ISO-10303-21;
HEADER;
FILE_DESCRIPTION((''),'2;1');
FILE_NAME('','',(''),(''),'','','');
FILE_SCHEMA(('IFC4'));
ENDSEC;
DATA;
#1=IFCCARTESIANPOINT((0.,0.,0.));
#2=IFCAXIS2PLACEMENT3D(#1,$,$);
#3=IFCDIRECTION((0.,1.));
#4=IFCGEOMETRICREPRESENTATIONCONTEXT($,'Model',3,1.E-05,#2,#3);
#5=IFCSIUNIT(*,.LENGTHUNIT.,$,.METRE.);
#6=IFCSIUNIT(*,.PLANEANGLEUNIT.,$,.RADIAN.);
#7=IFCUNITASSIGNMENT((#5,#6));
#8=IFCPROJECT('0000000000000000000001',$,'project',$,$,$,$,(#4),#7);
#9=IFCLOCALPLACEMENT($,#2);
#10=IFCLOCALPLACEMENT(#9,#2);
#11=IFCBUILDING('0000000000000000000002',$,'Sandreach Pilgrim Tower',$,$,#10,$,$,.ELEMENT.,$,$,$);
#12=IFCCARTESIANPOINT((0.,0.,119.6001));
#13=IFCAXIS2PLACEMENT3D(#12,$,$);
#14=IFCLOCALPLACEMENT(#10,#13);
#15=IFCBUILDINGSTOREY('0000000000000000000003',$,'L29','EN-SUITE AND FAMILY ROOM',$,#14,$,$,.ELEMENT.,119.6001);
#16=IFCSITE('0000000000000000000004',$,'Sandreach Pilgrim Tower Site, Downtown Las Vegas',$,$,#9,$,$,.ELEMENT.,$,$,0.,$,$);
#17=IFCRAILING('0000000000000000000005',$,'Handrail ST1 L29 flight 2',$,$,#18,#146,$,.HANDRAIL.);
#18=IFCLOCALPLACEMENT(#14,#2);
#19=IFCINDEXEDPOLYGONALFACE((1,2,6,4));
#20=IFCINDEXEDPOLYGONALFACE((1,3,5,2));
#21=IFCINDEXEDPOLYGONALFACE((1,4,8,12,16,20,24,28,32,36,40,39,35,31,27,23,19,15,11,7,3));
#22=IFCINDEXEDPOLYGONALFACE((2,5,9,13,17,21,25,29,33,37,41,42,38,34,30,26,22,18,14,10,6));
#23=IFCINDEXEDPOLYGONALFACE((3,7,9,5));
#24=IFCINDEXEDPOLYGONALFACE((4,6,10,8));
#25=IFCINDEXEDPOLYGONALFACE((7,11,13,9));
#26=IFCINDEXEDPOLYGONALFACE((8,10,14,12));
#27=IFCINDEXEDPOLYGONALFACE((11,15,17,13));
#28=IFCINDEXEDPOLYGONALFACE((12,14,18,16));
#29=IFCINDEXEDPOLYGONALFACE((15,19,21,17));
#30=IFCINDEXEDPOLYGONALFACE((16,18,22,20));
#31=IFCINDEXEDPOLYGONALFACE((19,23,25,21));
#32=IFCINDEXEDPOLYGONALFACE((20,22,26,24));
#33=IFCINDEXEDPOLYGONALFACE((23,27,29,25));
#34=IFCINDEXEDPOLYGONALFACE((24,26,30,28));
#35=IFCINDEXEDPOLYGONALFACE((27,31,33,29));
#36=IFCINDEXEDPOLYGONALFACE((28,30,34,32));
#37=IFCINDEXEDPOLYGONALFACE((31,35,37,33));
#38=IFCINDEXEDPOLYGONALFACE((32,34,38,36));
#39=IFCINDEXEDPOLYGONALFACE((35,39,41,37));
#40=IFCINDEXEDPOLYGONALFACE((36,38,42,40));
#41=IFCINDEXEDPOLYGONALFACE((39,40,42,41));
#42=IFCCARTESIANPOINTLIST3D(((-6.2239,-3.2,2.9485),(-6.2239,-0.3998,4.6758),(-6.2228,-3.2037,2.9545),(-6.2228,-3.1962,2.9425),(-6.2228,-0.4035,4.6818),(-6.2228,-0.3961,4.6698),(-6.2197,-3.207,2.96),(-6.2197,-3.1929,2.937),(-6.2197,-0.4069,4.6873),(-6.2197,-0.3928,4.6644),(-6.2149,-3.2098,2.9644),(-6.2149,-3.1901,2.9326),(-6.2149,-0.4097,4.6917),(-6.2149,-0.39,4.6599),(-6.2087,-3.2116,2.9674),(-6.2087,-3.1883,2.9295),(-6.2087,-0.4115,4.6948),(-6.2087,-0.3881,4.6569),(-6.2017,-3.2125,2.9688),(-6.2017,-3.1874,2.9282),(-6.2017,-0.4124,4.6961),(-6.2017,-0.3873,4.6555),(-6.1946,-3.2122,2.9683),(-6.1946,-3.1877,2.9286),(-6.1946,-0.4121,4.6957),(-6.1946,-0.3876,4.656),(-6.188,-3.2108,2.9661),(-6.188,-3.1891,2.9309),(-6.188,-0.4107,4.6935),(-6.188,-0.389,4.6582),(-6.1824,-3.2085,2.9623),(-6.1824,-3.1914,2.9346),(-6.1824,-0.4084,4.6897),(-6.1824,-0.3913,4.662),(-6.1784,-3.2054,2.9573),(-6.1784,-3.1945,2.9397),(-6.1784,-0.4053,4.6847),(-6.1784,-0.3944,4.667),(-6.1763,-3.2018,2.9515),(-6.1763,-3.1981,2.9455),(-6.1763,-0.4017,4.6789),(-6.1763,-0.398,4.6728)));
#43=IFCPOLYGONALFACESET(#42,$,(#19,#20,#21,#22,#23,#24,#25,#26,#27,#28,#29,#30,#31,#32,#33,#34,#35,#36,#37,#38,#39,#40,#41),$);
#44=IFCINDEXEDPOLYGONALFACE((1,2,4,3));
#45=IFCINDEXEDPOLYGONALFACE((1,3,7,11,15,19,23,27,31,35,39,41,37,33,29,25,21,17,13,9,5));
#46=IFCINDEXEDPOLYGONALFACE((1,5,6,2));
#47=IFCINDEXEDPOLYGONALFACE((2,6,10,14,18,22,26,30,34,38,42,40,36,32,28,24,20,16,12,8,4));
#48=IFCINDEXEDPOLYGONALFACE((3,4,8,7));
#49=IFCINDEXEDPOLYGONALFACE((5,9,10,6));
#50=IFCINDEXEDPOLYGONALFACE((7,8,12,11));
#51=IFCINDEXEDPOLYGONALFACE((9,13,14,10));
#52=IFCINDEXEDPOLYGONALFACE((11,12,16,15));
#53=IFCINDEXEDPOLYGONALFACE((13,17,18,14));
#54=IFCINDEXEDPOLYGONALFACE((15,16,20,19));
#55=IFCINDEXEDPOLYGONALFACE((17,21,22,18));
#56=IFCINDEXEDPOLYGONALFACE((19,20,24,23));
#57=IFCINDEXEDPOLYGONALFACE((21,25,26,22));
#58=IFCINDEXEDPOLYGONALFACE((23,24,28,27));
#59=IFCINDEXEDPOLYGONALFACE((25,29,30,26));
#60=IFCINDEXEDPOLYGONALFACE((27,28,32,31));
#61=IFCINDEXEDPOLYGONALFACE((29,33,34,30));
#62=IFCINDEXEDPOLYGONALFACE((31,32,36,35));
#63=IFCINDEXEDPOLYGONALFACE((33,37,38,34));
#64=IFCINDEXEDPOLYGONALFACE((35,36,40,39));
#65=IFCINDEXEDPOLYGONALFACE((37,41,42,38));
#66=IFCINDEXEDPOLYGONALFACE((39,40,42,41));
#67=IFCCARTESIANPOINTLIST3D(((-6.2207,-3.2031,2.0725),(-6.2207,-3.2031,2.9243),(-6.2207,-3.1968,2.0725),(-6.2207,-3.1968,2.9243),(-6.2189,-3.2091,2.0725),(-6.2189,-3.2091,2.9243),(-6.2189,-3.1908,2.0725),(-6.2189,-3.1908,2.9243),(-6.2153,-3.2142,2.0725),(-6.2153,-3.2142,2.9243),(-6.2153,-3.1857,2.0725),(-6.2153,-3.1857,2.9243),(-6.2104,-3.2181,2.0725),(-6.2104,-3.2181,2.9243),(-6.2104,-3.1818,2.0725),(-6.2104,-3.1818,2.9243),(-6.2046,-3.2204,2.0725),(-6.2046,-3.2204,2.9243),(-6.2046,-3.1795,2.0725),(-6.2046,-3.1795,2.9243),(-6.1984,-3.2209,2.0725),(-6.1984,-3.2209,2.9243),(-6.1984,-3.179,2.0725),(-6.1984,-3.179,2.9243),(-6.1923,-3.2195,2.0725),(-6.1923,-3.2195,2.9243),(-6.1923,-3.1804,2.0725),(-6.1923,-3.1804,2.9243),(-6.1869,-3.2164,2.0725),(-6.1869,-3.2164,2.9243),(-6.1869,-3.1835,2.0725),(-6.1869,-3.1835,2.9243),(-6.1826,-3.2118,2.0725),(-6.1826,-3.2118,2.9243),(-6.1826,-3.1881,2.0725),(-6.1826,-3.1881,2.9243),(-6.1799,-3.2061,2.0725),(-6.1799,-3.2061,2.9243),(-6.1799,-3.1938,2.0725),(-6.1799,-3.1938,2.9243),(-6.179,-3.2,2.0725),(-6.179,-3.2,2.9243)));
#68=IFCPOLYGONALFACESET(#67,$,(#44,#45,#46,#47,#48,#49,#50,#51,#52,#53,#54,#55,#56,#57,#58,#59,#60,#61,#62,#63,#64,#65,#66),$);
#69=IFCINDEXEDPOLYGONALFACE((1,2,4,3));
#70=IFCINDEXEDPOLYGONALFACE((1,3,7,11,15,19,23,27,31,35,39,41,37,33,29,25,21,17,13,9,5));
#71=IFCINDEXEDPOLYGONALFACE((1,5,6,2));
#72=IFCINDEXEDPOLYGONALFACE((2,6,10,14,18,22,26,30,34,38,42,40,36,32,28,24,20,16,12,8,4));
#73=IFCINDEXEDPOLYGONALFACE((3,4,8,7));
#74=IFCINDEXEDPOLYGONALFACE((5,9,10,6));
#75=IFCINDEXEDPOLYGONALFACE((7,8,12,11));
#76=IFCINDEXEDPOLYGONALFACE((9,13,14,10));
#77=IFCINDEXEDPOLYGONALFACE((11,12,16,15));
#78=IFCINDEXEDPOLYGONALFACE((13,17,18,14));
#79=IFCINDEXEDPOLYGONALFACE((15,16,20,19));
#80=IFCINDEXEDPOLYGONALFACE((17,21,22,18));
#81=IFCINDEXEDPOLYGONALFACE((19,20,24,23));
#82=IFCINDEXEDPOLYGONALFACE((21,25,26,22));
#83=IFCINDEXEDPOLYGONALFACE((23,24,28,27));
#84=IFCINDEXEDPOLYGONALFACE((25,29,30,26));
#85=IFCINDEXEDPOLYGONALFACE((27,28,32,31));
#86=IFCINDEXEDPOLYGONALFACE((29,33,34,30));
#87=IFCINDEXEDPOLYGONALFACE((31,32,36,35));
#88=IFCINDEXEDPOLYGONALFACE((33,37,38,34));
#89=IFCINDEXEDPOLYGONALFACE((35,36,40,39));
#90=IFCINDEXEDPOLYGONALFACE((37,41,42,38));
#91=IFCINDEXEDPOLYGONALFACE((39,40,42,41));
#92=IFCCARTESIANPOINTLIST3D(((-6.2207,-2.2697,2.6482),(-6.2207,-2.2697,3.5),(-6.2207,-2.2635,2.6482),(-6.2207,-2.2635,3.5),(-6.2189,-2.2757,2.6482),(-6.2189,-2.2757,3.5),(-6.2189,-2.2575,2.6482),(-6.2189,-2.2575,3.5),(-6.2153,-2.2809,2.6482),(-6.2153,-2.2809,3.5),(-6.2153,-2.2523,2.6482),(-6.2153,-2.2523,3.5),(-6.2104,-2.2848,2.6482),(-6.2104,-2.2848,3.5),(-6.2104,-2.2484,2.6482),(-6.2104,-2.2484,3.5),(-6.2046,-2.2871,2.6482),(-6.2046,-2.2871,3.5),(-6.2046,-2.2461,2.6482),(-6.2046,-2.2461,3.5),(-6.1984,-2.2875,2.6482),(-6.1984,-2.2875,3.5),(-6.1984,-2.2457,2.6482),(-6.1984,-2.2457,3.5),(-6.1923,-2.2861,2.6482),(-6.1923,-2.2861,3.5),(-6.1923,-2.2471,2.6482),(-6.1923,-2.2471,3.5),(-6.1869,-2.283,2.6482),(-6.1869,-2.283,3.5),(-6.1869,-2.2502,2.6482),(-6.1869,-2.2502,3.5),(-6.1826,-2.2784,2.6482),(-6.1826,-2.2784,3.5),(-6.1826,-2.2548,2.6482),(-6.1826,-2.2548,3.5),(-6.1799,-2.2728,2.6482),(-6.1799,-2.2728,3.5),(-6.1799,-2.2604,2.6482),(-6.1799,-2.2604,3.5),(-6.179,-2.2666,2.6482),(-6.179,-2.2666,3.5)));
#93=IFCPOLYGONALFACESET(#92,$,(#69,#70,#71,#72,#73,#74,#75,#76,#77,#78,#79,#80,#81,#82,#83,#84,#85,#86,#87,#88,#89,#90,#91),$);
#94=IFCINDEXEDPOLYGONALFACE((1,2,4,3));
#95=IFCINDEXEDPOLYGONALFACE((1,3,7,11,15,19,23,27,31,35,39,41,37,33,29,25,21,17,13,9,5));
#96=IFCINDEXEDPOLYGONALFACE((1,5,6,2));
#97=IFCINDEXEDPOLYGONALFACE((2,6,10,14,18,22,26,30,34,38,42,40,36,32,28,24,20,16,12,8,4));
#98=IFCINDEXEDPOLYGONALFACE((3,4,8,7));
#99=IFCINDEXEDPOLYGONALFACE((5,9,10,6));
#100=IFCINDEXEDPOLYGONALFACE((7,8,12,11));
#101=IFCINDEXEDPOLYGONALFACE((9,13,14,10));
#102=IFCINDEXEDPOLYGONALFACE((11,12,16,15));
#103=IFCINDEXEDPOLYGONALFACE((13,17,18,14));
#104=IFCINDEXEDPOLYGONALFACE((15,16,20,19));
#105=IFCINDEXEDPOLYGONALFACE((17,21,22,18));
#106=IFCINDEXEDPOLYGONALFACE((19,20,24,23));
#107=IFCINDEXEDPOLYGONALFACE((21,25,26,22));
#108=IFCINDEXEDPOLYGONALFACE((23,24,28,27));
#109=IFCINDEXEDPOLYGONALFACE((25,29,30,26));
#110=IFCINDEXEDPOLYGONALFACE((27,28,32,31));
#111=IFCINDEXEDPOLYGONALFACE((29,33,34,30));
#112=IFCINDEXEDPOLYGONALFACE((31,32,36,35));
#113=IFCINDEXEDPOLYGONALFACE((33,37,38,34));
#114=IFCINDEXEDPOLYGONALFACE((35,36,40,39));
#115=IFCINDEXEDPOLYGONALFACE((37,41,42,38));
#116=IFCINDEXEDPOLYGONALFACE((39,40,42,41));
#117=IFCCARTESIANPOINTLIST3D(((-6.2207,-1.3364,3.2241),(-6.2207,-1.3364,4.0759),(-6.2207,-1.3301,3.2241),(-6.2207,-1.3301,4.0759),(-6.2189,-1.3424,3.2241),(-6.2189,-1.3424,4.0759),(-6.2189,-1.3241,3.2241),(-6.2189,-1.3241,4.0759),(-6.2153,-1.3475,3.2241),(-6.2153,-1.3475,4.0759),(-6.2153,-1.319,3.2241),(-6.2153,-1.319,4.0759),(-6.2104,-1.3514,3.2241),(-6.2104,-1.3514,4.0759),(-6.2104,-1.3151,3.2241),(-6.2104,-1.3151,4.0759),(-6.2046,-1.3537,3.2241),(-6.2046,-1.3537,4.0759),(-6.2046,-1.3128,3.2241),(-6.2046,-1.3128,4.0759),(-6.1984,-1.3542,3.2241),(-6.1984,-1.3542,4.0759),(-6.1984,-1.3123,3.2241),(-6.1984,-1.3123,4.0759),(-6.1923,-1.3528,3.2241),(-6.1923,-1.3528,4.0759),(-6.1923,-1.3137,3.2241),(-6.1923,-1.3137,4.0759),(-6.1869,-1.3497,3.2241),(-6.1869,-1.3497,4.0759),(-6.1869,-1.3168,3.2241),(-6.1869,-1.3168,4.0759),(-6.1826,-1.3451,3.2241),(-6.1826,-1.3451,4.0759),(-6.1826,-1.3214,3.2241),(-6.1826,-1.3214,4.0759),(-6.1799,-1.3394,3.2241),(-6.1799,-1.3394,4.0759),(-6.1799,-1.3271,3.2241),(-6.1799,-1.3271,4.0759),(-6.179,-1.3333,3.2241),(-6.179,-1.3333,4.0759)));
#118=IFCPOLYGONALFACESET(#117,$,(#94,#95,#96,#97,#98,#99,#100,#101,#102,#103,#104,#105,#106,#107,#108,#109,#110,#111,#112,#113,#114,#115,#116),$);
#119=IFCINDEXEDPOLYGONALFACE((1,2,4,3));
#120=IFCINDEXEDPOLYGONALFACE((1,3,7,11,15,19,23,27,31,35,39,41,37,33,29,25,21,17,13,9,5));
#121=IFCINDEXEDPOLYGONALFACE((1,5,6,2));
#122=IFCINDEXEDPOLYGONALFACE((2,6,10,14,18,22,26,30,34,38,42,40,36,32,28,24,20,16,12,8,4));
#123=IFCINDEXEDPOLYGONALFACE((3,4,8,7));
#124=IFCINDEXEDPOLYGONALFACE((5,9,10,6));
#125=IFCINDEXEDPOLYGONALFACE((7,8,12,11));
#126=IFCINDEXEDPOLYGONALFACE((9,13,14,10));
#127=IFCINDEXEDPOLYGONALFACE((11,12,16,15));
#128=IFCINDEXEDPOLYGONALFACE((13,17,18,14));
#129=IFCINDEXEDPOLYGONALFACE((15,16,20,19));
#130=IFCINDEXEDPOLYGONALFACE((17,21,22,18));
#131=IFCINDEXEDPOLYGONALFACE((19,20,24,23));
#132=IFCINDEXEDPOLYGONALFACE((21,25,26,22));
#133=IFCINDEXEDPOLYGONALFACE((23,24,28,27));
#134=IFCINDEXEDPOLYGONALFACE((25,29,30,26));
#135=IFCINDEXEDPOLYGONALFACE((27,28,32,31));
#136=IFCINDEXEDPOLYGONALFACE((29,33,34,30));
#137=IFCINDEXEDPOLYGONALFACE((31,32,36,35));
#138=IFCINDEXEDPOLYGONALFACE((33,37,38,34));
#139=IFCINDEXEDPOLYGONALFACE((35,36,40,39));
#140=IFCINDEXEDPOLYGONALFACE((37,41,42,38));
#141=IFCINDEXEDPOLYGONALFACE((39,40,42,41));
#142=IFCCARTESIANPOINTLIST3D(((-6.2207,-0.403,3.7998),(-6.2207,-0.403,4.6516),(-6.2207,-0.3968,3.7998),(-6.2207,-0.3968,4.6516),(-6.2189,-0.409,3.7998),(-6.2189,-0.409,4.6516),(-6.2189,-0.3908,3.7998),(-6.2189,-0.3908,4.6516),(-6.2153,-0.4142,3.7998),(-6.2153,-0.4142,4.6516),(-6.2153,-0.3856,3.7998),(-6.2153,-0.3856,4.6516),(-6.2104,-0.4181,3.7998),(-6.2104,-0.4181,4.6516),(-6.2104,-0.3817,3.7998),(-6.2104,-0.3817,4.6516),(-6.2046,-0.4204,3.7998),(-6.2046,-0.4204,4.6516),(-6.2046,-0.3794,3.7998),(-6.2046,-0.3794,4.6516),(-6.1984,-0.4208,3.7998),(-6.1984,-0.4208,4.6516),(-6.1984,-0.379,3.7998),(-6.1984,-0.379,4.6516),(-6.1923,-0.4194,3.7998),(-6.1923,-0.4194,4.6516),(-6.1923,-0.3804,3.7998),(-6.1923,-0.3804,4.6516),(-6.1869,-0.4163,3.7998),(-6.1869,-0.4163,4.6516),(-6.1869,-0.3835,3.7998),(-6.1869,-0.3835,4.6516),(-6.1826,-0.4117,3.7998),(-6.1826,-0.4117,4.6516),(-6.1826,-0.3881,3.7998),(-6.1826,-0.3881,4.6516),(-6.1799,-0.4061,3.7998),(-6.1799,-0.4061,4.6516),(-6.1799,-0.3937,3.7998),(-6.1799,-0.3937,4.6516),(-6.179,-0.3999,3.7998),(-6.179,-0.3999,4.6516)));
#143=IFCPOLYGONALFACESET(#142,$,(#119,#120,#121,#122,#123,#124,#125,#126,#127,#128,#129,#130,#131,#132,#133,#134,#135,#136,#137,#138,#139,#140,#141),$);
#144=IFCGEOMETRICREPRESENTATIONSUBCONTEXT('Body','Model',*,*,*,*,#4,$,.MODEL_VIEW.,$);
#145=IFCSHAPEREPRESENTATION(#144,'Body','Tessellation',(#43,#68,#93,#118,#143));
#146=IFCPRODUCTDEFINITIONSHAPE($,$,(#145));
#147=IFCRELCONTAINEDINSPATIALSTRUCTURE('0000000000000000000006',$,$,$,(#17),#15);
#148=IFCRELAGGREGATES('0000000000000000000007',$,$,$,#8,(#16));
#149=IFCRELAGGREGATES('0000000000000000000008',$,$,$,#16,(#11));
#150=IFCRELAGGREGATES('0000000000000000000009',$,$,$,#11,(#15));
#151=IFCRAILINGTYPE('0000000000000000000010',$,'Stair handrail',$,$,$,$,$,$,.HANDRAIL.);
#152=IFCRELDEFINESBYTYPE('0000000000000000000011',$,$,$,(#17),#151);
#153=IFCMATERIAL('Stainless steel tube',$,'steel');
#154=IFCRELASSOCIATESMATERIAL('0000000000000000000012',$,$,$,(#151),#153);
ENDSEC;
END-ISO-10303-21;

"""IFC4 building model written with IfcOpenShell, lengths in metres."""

from ifc_helpers import new_model, si_unit, direction, frame, origin, origin_2d, place, context, subcontext, project, spatial, circle, extrude, material, type_object, element, save


model = new_model("IFC4")

# Units and contexts
model_context = context("Model", 3, precision=1e-05, world=origin(), true_north=direction((0.0, 1.0)))
body_context = subcontext(model_context, "Body", "Model", "MODEL_VIEW")
ifc_project = project(units=[si_unit("LENGTHUNIT", "METRE"), si_unit("PLANEANGLEUNIT", "RADIAN")], contexts=[model_context])

# Site, building, storey
site_placement = place(None, origin())
site = spatial("IfcSite", under=ifc_project, at=site_placement, Name="Sandreach Pilgrim Tower Site, Downtown Las Vegas", CompositionType="ELEMENT", RefElevation=0.0)
building_placement = place(site_placement, origin())
building = spatial("IfcBuilding", under=site, at=building_placement, Name="Sandreach Pilgrim Tower", CompositionType="ELEMENT")
storey_placement = place(building_placement, frame((0.0, 0.0, 119.6001)))
storey = spatial("IfcBuildingStorey", under=building, at=storey_placement, Name="L29", Description="EN-SUITE AND FAMILY ROOM", CompositionType="ELEMENT", Elevation=119.6001)

# Railing
ifc_material_1 = material(Name="Stainless steel tube", Category="steel")
railing_type = type_object("IfcRailingType", Name="Stair handrail", PredefinedType="HANDRAIL", material=ifc_material_1)
for number, where, name in (
    (1, (-6.2, -3.2, 2.0725), "Handrail ST1 L29 flight 2"),
):
    element("IfcRailing", number, at=place(storey_placement, frame(where)), inside=storey, type_object=railing_type, Name=name, PredefinedType="HANDRAIL", context=body_context, shape_type="SweptSolid", body=[
        extrude(circle(Radius=0.0239, at=origin_2d()), frame((0.0, 0.0, 0.876), z_axis=(0.0, 0.85109, 0.52502), x_axis=(-1.0, 0.0, 0.0)), (0.0, 0.0, 1.0), 3.29),
        extrude(circle(Radius=0.021, at=origin_2d()), origin(), (0.0, 0.0, 1.0), 0.8518),
        extrude(circle(Radius=0.021, at=origin_2d()), frame((0.0, 0.9333, 0.5757)), (0.0, 0.0, 1.0), 0.8518),
        extrude(circle(Radius=0.021, at=origin_2d()), frame((0.0, 1.8667, 1.1516)), (0.0, 0.0, 1.0), 0.8518),
        extrude(circle(Radius=0.021, at=origin_2d()), frame((0.0, 2.8, 1.7273)), (0.0, 0.0, 1.0), 0.8518),
    ])

save(model, "model.ifc")
